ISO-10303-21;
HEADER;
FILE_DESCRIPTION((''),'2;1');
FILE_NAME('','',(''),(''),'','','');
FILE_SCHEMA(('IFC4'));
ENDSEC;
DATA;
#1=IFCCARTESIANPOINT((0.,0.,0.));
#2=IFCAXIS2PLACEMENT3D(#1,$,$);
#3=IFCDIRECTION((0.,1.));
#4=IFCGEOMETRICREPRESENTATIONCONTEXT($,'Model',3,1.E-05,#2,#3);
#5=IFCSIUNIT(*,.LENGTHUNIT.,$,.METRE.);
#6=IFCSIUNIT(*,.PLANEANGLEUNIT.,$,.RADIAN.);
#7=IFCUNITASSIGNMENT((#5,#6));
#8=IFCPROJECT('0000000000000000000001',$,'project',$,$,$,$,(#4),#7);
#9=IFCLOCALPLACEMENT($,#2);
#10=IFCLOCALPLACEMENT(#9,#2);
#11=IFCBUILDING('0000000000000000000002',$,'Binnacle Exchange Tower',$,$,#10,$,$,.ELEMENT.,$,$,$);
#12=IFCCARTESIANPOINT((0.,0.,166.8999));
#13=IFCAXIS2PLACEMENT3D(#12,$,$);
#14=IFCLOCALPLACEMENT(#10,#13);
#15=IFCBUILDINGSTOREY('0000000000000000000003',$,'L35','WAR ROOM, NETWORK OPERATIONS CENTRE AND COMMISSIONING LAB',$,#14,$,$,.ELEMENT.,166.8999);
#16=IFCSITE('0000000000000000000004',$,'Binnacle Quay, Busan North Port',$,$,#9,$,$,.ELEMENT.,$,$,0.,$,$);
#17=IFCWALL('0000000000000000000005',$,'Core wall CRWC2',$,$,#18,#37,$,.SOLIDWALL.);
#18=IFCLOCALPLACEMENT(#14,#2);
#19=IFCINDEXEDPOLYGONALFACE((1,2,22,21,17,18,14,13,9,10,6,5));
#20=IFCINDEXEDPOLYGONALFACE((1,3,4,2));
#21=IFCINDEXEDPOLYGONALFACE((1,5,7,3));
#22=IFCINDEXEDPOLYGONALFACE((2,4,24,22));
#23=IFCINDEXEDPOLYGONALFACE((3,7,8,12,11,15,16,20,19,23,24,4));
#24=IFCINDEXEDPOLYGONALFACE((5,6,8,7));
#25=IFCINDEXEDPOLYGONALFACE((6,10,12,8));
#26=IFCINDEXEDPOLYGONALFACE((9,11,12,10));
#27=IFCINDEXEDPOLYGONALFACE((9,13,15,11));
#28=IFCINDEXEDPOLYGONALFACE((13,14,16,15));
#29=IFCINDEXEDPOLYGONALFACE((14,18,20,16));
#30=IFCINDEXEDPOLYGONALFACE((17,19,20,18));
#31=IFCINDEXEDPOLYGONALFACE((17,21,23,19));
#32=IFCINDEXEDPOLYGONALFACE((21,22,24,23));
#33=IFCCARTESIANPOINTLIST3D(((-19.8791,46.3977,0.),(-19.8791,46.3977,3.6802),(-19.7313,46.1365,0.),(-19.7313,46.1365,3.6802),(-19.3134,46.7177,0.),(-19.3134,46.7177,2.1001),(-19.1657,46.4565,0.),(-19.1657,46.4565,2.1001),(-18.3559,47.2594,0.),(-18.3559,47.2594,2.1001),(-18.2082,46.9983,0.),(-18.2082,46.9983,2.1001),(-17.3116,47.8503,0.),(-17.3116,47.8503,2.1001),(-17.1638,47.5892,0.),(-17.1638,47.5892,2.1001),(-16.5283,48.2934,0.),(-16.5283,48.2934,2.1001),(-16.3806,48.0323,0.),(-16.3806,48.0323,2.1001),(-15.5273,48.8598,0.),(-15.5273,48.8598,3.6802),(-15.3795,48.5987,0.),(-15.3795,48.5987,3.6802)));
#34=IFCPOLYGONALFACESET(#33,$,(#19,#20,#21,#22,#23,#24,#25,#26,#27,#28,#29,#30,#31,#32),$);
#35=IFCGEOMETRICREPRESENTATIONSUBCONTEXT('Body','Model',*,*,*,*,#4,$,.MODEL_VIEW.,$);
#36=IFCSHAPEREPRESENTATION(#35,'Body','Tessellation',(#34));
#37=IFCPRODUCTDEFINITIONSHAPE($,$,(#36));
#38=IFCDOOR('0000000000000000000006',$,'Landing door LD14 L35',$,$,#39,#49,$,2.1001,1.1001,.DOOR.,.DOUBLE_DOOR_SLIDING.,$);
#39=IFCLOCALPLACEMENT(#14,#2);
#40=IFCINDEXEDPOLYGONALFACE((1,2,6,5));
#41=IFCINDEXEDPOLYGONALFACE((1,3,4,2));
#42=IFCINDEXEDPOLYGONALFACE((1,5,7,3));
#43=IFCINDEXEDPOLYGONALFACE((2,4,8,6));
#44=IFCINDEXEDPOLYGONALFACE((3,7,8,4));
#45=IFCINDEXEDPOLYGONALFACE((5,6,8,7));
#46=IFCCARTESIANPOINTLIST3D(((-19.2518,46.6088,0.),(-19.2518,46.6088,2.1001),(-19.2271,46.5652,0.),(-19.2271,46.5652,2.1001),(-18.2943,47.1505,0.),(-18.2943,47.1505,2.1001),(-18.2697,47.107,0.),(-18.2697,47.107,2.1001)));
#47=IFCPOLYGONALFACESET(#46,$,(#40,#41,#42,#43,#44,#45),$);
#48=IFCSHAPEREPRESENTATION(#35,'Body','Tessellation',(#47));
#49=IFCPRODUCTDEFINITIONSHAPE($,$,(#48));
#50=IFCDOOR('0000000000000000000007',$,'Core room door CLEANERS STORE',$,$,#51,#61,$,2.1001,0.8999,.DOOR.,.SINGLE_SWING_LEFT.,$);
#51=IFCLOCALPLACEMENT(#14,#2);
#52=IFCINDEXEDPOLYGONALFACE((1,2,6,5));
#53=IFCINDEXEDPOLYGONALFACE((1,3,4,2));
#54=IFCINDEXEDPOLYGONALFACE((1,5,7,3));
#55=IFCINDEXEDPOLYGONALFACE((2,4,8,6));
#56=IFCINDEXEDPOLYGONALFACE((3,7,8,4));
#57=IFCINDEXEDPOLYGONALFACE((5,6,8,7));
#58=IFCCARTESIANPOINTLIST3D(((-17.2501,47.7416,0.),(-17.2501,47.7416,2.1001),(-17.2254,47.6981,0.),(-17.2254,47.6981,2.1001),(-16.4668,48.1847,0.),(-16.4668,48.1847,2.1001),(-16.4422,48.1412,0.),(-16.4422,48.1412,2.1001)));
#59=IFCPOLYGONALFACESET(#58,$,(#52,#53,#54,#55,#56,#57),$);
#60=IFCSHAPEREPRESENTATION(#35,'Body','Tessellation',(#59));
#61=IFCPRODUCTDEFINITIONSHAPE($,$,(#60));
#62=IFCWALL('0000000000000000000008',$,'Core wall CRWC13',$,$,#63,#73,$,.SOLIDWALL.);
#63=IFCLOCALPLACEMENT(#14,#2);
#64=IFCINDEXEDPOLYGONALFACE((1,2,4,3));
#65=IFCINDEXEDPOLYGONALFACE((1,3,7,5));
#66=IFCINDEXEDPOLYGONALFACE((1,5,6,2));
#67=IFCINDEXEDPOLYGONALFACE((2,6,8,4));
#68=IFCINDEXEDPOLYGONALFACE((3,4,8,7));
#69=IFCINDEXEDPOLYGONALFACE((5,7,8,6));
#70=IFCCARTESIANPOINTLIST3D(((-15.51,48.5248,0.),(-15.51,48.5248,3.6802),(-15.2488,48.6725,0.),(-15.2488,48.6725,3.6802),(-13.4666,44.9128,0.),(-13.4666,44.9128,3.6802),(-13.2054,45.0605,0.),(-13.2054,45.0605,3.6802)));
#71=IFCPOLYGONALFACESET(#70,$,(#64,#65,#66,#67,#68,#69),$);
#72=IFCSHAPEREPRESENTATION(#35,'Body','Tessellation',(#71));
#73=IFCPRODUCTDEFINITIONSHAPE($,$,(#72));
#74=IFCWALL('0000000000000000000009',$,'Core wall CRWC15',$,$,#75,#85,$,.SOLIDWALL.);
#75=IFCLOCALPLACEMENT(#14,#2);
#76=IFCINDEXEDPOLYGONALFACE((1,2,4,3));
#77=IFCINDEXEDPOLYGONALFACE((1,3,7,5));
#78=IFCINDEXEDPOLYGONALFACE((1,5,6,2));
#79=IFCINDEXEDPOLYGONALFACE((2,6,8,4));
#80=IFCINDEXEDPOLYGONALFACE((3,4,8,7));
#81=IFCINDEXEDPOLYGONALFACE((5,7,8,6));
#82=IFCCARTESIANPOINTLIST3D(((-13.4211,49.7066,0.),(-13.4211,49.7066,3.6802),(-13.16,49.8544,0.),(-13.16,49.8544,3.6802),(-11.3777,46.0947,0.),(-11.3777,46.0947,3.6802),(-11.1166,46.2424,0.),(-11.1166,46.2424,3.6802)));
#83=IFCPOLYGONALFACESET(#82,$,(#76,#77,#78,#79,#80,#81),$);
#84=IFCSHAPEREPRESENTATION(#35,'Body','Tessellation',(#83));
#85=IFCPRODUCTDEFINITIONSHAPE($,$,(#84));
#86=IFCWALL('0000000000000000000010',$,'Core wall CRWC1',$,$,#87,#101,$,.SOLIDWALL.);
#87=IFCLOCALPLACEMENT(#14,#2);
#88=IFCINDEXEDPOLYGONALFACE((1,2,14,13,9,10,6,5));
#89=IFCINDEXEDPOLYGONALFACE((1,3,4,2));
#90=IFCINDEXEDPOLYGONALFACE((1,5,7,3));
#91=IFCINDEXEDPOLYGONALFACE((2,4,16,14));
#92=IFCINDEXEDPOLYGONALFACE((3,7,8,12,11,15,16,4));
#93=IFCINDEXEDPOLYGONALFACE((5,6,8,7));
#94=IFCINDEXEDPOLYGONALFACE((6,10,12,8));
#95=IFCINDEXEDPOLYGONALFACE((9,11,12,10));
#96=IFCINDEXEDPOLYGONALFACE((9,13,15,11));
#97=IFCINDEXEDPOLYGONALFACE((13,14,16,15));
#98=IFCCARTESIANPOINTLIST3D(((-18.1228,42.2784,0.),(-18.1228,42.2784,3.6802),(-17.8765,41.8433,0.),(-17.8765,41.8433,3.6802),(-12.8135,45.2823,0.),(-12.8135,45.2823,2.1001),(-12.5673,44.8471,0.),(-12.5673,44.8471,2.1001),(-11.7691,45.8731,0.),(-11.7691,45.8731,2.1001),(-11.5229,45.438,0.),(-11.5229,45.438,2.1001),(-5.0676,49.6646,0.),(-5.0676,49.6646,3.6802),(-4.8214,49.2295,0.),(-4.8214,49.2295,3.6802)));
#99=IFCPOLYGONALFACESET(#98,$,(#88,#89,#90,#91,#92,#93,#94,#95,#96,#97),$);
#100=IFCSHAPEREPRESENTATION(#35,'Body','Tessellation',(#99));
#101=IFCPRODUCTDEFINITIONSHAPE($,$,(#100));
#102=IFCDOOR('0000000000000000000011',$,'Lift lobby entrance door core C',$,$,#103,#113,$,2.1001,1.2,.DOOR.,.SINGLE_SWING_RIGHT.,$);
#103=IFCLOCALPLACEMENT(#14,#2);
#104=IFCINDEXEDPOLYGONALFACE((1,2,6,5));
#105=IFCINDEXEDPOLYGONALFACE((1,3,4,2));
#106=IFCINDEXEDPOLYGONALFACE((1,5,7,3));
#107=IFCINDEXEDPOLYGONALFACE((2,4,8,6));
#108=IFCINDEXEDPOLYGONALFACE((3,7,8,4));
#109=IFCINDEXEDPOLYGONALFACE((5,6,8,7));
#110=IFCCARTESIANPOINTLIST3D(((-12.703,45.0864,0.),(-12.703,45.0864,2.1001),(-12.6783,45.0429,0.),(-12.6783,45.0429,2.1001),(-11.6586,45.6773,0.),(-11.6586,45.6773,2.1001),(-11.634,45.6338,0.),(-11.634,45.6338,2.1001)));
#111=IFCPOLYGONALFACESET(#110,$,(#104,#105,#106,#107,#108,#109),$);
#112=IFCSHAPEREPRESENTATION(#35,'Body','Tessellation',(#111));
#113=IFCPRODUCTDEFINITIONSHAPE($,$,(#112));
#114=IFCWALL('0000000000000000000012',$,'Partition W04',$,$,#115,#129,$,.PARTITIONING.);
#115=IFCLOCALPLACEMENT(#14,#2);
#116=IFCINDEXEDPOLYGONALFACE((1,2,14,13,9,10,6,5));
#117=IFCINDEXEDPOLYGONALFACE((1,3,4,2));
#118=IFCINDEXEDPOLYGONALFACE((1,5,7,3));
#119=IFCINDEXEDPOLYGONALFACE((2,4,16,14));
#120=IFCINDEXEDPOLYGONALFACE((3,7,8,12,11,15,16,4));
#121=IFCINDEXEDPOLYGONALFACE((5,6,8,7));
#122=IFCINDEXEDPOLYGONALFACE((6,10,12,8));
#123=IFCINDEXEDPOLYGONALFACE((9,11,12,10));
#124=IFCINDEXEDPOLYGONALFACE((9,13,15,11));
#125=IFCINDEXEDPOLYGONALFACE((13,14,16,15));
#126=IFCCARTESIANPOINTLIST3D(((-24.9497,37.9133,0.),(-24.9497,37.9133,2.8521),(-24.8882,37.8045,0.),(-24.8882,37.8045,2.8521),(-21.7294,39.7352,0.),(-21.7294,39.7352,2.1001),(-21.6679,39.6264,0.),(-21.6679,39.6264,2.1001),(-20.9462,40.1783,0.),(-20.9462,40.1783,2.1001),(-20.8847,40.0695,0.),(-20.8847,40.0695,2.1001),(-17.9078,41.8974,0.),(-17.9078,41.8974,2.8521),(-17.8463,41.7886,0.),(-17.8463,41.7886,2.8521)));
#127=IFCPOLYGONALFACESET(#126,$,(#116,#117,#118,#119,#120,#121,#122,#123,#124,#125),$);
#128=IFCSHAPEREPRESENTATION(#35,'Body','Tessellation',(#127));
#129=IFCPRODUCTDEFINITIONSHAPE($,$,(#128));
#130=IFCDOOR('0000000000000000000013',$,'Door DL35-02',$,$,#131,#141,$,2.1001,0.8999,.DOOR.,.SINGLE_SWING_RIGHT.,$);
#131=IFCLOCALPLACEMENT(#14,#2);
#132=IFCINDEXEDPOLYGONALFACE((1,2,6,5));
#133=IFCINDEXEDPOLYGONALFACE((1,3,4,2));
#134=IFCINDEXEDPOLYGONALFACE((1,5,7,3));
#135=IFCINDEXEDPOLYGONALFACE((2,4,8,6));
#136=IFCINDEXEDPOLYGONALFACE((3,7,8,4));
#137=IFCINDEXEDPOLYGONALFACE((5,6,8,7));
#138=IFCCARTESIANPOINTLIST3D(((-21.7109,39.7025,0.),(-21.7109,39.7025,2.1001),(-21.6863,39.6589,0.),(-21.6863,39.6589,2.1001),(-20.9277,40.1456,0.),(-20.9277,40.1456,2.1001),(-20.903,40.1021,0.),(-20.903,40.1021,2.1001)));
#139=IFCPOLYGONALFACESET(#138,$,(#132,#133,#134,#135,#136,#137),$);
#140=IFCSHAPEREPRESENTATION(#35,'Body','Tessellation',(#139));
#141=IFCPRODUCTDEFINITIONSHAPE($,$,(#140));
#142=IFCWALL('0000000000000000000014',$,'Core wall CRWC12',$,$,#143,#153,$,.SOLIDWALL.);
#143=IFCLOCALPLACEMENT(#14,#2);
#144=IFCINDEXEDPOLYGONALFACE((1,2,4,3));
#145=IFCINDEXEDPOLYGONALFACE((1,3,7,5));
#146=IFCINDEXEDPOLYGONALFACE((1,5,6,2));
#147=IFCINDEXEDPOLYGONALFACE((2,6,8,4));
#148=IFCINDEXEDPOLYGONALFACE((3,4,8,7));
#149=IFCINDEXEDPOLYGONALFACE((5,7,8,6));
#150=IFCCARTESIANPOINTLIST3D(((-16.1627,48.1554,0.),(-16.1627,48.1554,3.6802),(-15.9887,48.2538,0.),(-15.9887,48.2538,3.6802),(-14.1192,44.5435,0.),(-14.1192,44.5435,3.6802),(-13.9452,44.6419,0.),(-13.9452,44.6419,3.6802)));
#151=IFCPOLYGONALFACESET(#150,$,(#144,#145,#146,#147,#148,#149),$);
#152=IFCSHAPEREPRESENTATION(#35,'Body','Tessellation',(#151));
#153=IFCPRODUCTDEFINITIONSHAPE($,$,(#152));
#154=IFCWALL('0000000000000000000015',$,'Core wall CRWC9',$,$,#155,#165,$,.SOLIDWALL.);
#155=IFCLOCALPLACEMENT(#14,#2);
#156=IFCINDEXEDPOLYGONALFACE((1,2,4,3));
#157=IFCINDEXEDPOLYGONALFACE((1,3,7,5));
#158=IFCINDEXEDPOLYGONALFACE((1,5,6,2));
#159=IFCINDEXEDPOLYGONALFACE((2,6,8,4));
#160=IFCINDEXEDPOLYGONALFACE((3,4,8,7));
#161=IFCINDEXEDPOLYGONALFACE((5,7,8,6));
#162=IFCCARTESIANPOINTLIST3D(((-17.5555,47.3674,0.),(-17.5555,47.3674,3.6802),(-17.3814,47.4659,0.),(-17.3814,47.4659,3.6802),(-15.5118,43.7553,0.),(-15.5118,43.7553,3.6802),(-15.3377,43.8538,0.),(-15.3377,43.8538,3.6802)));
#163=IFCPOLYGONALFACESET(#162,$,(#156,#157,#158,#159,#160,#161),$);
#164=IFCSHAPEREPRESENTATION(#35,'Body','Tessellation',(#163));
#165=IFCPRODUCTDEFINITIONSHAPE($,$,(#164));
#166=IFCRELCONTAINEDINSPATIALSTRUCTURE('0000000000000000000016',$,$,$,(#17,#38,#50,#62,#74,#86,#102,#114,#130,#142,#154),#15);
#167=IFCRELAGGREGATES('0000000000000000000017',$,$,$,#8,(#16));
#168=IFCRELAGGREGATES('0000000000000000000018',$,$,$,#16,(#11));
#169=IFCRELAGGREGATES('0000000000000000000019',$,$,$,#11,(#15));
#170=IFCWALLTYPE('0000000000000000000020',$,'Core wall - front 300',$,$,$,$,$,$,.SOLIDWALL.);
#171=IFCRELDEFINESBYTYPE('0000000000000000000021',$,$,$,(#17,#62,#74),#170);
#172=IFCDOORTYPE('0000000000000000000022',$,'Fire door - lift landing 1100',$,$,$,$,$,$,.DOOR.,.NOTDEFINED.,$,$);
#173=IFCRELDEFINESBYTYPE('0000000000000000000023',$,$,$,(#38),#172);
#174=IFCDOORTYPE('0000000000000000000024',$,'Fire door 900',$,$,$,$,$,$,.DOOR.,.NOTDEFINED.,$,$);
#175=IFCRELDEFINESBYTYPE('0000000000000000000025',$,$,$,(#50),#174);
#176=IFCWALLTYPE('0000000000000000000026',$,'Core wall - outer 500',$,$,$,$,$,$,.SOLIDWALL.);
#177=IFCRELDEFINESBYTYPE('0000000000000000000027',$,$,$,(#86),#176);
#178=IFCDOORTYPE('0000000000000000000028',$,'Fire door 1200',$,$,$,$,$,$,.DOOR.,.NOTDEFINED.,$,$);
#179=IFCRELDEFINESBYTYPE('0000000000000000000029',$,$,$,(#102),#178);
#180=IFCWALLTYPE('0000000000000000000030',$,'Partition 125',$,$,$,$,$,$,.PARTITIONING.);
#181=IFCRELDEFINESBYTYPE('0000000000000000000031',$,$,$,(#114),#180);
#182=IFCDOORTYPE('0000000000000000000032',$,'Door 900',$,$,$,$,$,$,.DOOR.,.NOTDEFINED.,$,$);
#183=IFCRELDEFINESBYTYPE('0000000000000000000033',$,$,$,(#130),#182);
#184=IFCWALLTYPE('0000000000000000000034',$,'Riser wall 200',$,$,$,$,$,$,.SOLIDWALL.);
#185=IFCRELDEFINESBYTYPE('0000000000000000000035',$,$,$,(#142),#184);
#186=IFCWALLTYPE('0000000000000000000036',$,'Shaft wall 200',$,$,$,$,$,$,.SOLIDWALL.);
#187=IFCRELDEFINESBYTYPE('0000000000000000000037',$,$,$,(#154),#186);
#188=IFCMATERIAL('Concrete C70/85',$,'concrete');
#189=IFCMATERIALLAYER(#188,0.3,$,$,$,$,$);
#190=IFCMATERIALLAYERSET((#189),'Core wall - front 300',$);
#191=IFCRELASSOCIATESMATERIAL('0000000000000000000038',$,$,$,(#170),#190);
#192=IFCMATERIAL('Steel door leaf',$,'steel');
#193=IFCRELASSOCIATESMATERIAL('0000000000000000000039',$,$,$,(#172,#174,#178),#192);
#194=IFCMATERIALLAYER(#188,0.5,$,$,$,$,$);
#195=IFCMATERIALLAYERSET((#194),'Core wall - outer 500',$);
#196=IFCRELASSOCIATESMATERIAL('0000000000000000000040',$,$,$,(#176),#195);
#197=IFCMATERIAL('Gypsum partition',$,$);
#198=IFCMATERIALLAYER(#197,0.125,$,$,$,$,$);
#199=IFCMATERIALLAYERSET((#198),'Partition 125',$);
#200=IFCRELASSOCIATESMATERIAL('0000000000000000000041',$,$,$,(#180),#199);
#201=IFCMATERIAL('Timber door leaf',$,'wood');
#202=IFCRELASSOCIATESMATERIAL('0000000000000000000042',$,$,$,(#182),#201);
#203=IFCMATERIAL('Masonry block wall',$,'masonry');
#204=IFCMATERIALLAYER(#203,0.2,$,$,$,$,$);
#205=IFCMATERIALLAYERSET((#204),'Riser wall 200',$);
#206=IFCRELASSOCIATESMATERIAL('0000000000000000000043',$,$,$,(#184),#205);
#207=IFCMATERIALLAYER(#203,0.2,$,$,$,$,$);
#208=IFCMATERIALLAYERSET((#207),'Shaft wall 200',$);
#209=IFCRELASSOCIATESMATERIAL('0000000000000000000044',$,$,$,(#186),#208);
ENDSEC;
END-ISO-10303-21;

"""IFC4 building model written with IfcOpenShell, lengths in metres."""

from ifc_helpers import new_model, si_unit, direction, frame, frame_2d, origin, place, context, subcontext, project, spatial, rectangle, extrude, material, layer, layer_set, type_object, element, fill, save


model = new_model("IFC4")

# Units and contexts
model_context = context("Model", 3, precision=1e-05, world=origin(), true_north=direction((0.0, 1.0)))
body_context = subcontext(model_context, "Body", "Model", "MODEL_VIEW")
ifc_project = project(units=[si_unit("LENGTHUNIT", "METRE"), si_unit("PLANEANGLEUNIT", "RADIAN")], contexts=[model_context])

# Site, building, storey
site_placement = place(None, origin())
site = spatial("IfcSite", under=ifc_project, at=site_placement, Name="Binnacle Quay, Busan North Port", CompositionType="ELEMENT", RefElevation=0.0)
building_placement = place(site_placement, origin())
building = spatial("IfcBuilding", under=site, at=building_placement, Name="Binnacle Exchange Tower", CompositionType="ELEMENT")
storey_placement = place(building_placement, frame((0.0, 0.0, 166.8999)))
storey = spatial("IfcBuildingStorey", under=building, at=storey_placement, Name="L35", Description="WAR ROOM, NETWORK OPERATIONS CENTRE AND COMMISSIONING LAB", CompositionType="ELEMENT", Elevation=166.8999)

# Shared definitions
ifc_material_1 = material(Name="Concrete C70/85", Category="concrete")

# Wall, openings, doors
ifc_layer_1 = layer(ifc_material_1, 0.3)
ifc_layer_set_1 = layer_set([ifc_layer_1], Name="Core wall - front 300")
wall_type_1 = type_object("IfcWallType", Name="Core wall - front 300", PredefinedType="SOLIDWALL", material=ifc_layer_set_1)
wall_1_placement = place(storey_placement, frame((-19.8052, 46.2671, 0.0), z_axis=(0.0, 0.0, 1.0), x_axis=(0.870354, 0.492427, 0.0)))
wall_1 = element("IfcWall", 1, at=wall_1_placement, inside=storey, type_object=wall_type_1, Name="Core wall CRWC2", PredefinedType="SOLIDWALL", context=body_context, shape_type="SweptSolid", body=[
    extrude(rectangle(XDim=5.0, YDim=0.3, at=frame_2d((2.5, 0.0))), origin(), (0.0, 0.0, 1.0), 3.6802),
])
opening_1_placement = place(wall_1_placement, frame((0.6499, 0.0, 0.0)))
opening_1 = element("IfcOpeningElement", 2, at=opening_1_placement, cuts=wall_1, PredefinedType="OPENING", context=body_context, shape_type="SweptSolid", body=[
    extrude(rectangle(XDim=1.1001, YDim=2.1001, at=frame_2d((0.55, 1.05))), frame((0.0, 0.1599, 0.0), z_axis=(0.0, -1.0, 0.0), x_axis=(1.0, 0.0, 0.0)), (0.0, 0.0, 1.0), 0.3201),
])
opening_2_placement = place(wall_1_placement, frame((2.95, 0.0, 0.0)))
opening_2 = element("IfcOpeningElement", 3, at=opening_2_placement, cuts=wall_1, PredefinedType="OPENING", context=body_context, shape_type="SweptSolid", body=[
    extrude(rectangle(XDim=0.8999, YDim=2.1001, at=frame_2d((0.45, 1.05))), frame((0.0, 0.1599, 0.0), z_axis=(0.0, -1.0, 0.0), x_axis=(1.0, 0.0, 0.0)), (0.0, 0.0, 1.0), 0.3201),
])
ifc_material_2 = material(Name="Steel door leaf", Category="steel")
door_type_1 = type_object("IfcDoorType", Name="Fire door - lift landing 1100", OperationType="NOTDEFINED", PredefinedType="DOOR", material=ifc_material_2)
door_1_placement = place(opening_1_placement, origin())
door_1 = element("IfcDoor", 4, at=door_1_placement, inside=storey, type_object=door_type_1, Name="Landing door LD14 L35", OperationType="DOUBLE_DOOR_SLIDING", OverallHeight=2.1001, OverallWidth=1.1001, PredefinedType="DOOR", context=body_context, shape_type="SweptSolid", body=[
    extrude(rectangle(XDim=1.1001, YDim=2.1001, at=frame_2d((0.55, 1.05))), frame((0.0, 0.0249, 0.0), z_axis=(0.0, -1.0, 0.0), x_axis=(1.0, 0.0, 0.0)), (0.0, 0.0, 1.0), 0.05),
])
fill(opening_1, door_1)
door_type_2 = type_object("IfcDoorType", Name="Fire door 900", OperationType="NOTDEFINED", PredefinedType="DOOR", material=ifc_material_2)
door_2_placement = place(opening_2_placement, frame((0.8999, 0.0, 0.0), z_axis=(0.0, 0.0, 1.0), x_axis=(-1.0, 0.0, 0.0)))
door_2 = element("IfcDoor", 5, at=door_2_placement, inside=storey, type_object=door_type_2, Name="Core room door CLEANERS STORE", OperationType="SINGLE_SWING_LEFT", OverallHeight=2.1001, OverallWidth=0.8999, PredefinedType="DOOR", context=body_context, shape_type="SweptSolid", body=[
    extrude(rectangle(XDim=0.8999, YDim=2.1001, at=frame_2d((0.45, 1.05))), frame((0.0, 0.0249, 0.0), z_axis=(0.0, -1.0, 0.0), x_axis=(1.0, 0.0, 0.0)), (0.0, 0.0, 1.0), 0.05),
])
fill(opening_2, door_2)

# Walls
for number, where, z_axis, x_axis, name in (
    (6, (-15.3794, 48.5986, 0.0), (0.0, 0.0, 1.0), (0.492396, -0.870371, 0.0), "Core wall CRWC13"),
    (7, (-13.2905, 49.7805, 0.0), (0.0, 0.0, 1.0), (0.492396, -0.870371, 0.0), "Core wall CRWC15"),
):
    element("IfcWall", number, at=place(storey_placement, frame(where, z_axis=z_axis, x_axis=x_axis)), inside=storey, type_object=wall_type_1, Name=name, PredefinedType="SOLIDWALL", context=body_context, shape_type="SweptSolid", body=[
        extrude(rectangle(XDim=4.1499, YDim=0.3, at=frame_2d((2.075, 0.0))), origin(), (0.0, 0.0, 1.0), 3.6802),
    ])

# Walls, openings, doors
ifc_layer_2 = layer(ifc_material_1, 0.5)
ifc_layer_set_2 = layer_set([ifc_layer_2], Name="Core wall - outer 500")
wall_type_2 = type_object("IfcWallType", Name="Core wall - outer 500", PredefinedType="SOLIDWALL", material=ifc_layer_set_2)
wall_2_placement = place(storey_placement, frame((-17.9998, 42.0608, 0.0), z_axis=(0.0, 0.0, 1.0), x_axis=(0.870357, 0.492422, 0.0)))
wall_2 = element("IfcWall", 8, at=wall_2_placement, inside=storey, type_object=wall_type_2, Name="Core wall CRWC1", PredefinedType="SOLIDWALL", context=body_context, shape_type="SweptSolid", body=[
    extrude(rectangle(XDim=14.9998, YDim=0.5, at=frame_2d((7.5, 0.0))), origin(), (0.0, 0.0, 1.0), 3.6802),
])
opening_3_placement = place(wall_2_placement, frame((6.1001, 0.0, 0.0)))
opening_3 = element("IfcOpeningElement", 9, at=opening_3_placement, cuts=wall_2, PredefinedType="OPENING", context=body_context, shape_type="SweptSolid", body=[
    extrude(rectangle(XDim=1.2, YDim=2.1001, at=frame_2d((0.6001, 1.05))), frame((0.0, 0.26, 0.0), z_axis=(0.0, -1.0, 0.0), x_axis=(1.0, 0.0, 0.0)), (0.0, 0.0, 1.0), 0.52),
])
door_type_3 = type_object("IfcDoorType", Name="Fire door 1200", OperationType="NOTDEFINED", PredefinedType="DOOR", material=ifc_material_2)
door_3_placement = place(opening_3_placement, frame((1.2, 0.0, 0.0), z_axis=(0.0, 0.0, 1.0), x_axis=(-1.0, 0.0, 0.0)))
door_3 = element("IfcDoor", 10, at=door_3_placement, inside=storey, type_object=door_type_3, Name="Lift lobby entrance door core C", OperationType="SINGLE_SWING_RIGHT", OverallHeight=2.1001, OverallWidth=1.2, PredefinedType="DOOR", context=body_context, shape_type="SweptSolid", body=[
    extrude(rectangle(XDim=1.2, YDim=2.1001, at=frame_2d((0.6001, 1.05))), frame((0.0, 0.0249, 0.0), z_axis=(0.0, -1.0, 0.0), x_axis=(1.0, 0.0, 0.0)), (0.0, 0.0, 1.0), 0.05),
])
fill(opening_3, door_3)
ifc_material_3 = material(Name="Gypsum partition")
ifc_layer_3 = layer(ifc_material_3, 0.125)
ifc_layer_set_3 = layer_set([ifc_layer_3], Name="Partition 125")
wall_type_3 = type_object("IfcWallType", Name="Partition 125", PredefinedType="PARTITIONING", material=ifc_layer_set_3)
wall_3_placement = place(storey_placement, frame((-24.9189, 37.8589, 0.0), z_axis=(0.0, 0.0, 1.0), x_axis=(0.870358, 0.49242, 0.0)))
wall_3 = element("IfcWall", 11, at=wall_3_placement, inside=storey, type_object=wall_type_3, Name="Partition W04", PredefinedType="PARTITIONING", context=body_context, shape_type="SweptSolid", body=[
    extrude(rectangle(XDim=8.0908, YDim=0.125, at=frame_2d((4.0454, 0.0))), origin(), (0.0, 0.0, 1.0), 2.8521),
])
opening_4_placement = place(wall_3_placement, frame((3.7, 0.0, 0.0)))
opening_4 = element("IfcOpeningElement", 12, at=opening_4_placement, cuts=wall_3, PredefinedType="OPENING", context=body_context, shape_type="SweptSolid", body=[
    extrude(rectangle(XDim=0.8999, YDim=2.1001, at=frame_2d((0.45, 1.05))), frame((0.0, 0.0725, 0.0), z_axis=(0.0, -1.0, 0.0), x_axis=(1.0, 0.0, 0.0)), (0.0, 0.0, 1.0), 0.145),
])
ifc_material_4 = material(Name="Timber door leaf", Category="wood")
door_type_4 = type_object("IfcDoorType", Name="Door 900", OperationType="NOTDEFINED", PredefinedType="DOOR", material=ifc_material_4)
door_4_placement = place(opening_4_placement, origin())
door_4 = element("IfcDoor", 13, at=door_4_placement, inside=storey, type_object=door_type_4, Name="Door DL35-02", OperationType="SINGLE_SWING_RIGHT", OverallHeight=2.1001, OverallWidth=0.8999, PredefinedType="DOOR", context=body_context, shape_type="SweptSolid", body=[
    extrude(rectangle(XDim=0.8999, YDim=2.1001, at=frame_2d((0.45, 1.05))), frame((0.0, 0.0249, 0.0), z_axis=(0.0, -1.0, 0.0), x_axis=(1.0, 0.0, 0.0)), (0.0, 0.0, 1.0), 0.05),
])
fill(opening_4, door_4)

# Walls
ifc_material_5 = material(Name="Masonry block wall", Category="masonry")
ifc_layer_4 = layer(ifc_material_5, 0.2)
ifc_layer_set_4 = layer_set([ifc_layer_4], Name="Riser wall 200")
wall_type_4 = type_object("IfcWallType", Name="Riser wall 200", PredefinedType="SOLIDWALL", material=ifc_layer_set_4)
wall_4_placement = place(storey_placement, frame((-16.0757, 48.2046, 0.0), z_axis=(0.0, 0.0, 1.0), x_axis=(0.492422, -0.870357, 0.0)))
element("IfcWall", 14, at=wall_4_placement, inside=storey, type_object=wall_type_4, Name="Core wall CRWC12", PredefinedType="SOLIDWALL", context=body_context, shape_type="SweptSolid", body=[
    extrude(rectangle(XDim=4.1499, YDim=0.2, at=frame_2d((2.075, 0.0))), origin(), (0.0, 0.0, 1.0), 3.6802),
])
ifc_layer_5 = layer(ifc_material_5, 0.2)
ifc_layer_set_5 = layer_set([ifc_layer_5], Name="Shaft wall 200")
wall_type_5 = type_object("IfcWallType", Name="Shaft wall 200", PredefinedType="SOLIDWALL", material=ifc_layer_set_5)
wall_5_placement = place(storey_placement, frame((-17.4685, 47.4167, 0.0), z_axis=(0.0, 0.0, 1.0), x_axis=(0.492441, -0.870346, 0.0)))
element("IfcWall", 15, at=wall_5_placement, inside=storey, type_object=wall_type_5, Name="Core wall CRWC9", PredefinedType="SOLIDWALL", context=body_context, shape_type="SweptSolid", body=[
    extrude(rectangle(XDim=4.1501, YDim=0.2, at=frame_2d((2.0752, 0.0))), origin(), (0.0, 0.0, 1.0), 3.6802),
])

save(model, "model.ifc")
